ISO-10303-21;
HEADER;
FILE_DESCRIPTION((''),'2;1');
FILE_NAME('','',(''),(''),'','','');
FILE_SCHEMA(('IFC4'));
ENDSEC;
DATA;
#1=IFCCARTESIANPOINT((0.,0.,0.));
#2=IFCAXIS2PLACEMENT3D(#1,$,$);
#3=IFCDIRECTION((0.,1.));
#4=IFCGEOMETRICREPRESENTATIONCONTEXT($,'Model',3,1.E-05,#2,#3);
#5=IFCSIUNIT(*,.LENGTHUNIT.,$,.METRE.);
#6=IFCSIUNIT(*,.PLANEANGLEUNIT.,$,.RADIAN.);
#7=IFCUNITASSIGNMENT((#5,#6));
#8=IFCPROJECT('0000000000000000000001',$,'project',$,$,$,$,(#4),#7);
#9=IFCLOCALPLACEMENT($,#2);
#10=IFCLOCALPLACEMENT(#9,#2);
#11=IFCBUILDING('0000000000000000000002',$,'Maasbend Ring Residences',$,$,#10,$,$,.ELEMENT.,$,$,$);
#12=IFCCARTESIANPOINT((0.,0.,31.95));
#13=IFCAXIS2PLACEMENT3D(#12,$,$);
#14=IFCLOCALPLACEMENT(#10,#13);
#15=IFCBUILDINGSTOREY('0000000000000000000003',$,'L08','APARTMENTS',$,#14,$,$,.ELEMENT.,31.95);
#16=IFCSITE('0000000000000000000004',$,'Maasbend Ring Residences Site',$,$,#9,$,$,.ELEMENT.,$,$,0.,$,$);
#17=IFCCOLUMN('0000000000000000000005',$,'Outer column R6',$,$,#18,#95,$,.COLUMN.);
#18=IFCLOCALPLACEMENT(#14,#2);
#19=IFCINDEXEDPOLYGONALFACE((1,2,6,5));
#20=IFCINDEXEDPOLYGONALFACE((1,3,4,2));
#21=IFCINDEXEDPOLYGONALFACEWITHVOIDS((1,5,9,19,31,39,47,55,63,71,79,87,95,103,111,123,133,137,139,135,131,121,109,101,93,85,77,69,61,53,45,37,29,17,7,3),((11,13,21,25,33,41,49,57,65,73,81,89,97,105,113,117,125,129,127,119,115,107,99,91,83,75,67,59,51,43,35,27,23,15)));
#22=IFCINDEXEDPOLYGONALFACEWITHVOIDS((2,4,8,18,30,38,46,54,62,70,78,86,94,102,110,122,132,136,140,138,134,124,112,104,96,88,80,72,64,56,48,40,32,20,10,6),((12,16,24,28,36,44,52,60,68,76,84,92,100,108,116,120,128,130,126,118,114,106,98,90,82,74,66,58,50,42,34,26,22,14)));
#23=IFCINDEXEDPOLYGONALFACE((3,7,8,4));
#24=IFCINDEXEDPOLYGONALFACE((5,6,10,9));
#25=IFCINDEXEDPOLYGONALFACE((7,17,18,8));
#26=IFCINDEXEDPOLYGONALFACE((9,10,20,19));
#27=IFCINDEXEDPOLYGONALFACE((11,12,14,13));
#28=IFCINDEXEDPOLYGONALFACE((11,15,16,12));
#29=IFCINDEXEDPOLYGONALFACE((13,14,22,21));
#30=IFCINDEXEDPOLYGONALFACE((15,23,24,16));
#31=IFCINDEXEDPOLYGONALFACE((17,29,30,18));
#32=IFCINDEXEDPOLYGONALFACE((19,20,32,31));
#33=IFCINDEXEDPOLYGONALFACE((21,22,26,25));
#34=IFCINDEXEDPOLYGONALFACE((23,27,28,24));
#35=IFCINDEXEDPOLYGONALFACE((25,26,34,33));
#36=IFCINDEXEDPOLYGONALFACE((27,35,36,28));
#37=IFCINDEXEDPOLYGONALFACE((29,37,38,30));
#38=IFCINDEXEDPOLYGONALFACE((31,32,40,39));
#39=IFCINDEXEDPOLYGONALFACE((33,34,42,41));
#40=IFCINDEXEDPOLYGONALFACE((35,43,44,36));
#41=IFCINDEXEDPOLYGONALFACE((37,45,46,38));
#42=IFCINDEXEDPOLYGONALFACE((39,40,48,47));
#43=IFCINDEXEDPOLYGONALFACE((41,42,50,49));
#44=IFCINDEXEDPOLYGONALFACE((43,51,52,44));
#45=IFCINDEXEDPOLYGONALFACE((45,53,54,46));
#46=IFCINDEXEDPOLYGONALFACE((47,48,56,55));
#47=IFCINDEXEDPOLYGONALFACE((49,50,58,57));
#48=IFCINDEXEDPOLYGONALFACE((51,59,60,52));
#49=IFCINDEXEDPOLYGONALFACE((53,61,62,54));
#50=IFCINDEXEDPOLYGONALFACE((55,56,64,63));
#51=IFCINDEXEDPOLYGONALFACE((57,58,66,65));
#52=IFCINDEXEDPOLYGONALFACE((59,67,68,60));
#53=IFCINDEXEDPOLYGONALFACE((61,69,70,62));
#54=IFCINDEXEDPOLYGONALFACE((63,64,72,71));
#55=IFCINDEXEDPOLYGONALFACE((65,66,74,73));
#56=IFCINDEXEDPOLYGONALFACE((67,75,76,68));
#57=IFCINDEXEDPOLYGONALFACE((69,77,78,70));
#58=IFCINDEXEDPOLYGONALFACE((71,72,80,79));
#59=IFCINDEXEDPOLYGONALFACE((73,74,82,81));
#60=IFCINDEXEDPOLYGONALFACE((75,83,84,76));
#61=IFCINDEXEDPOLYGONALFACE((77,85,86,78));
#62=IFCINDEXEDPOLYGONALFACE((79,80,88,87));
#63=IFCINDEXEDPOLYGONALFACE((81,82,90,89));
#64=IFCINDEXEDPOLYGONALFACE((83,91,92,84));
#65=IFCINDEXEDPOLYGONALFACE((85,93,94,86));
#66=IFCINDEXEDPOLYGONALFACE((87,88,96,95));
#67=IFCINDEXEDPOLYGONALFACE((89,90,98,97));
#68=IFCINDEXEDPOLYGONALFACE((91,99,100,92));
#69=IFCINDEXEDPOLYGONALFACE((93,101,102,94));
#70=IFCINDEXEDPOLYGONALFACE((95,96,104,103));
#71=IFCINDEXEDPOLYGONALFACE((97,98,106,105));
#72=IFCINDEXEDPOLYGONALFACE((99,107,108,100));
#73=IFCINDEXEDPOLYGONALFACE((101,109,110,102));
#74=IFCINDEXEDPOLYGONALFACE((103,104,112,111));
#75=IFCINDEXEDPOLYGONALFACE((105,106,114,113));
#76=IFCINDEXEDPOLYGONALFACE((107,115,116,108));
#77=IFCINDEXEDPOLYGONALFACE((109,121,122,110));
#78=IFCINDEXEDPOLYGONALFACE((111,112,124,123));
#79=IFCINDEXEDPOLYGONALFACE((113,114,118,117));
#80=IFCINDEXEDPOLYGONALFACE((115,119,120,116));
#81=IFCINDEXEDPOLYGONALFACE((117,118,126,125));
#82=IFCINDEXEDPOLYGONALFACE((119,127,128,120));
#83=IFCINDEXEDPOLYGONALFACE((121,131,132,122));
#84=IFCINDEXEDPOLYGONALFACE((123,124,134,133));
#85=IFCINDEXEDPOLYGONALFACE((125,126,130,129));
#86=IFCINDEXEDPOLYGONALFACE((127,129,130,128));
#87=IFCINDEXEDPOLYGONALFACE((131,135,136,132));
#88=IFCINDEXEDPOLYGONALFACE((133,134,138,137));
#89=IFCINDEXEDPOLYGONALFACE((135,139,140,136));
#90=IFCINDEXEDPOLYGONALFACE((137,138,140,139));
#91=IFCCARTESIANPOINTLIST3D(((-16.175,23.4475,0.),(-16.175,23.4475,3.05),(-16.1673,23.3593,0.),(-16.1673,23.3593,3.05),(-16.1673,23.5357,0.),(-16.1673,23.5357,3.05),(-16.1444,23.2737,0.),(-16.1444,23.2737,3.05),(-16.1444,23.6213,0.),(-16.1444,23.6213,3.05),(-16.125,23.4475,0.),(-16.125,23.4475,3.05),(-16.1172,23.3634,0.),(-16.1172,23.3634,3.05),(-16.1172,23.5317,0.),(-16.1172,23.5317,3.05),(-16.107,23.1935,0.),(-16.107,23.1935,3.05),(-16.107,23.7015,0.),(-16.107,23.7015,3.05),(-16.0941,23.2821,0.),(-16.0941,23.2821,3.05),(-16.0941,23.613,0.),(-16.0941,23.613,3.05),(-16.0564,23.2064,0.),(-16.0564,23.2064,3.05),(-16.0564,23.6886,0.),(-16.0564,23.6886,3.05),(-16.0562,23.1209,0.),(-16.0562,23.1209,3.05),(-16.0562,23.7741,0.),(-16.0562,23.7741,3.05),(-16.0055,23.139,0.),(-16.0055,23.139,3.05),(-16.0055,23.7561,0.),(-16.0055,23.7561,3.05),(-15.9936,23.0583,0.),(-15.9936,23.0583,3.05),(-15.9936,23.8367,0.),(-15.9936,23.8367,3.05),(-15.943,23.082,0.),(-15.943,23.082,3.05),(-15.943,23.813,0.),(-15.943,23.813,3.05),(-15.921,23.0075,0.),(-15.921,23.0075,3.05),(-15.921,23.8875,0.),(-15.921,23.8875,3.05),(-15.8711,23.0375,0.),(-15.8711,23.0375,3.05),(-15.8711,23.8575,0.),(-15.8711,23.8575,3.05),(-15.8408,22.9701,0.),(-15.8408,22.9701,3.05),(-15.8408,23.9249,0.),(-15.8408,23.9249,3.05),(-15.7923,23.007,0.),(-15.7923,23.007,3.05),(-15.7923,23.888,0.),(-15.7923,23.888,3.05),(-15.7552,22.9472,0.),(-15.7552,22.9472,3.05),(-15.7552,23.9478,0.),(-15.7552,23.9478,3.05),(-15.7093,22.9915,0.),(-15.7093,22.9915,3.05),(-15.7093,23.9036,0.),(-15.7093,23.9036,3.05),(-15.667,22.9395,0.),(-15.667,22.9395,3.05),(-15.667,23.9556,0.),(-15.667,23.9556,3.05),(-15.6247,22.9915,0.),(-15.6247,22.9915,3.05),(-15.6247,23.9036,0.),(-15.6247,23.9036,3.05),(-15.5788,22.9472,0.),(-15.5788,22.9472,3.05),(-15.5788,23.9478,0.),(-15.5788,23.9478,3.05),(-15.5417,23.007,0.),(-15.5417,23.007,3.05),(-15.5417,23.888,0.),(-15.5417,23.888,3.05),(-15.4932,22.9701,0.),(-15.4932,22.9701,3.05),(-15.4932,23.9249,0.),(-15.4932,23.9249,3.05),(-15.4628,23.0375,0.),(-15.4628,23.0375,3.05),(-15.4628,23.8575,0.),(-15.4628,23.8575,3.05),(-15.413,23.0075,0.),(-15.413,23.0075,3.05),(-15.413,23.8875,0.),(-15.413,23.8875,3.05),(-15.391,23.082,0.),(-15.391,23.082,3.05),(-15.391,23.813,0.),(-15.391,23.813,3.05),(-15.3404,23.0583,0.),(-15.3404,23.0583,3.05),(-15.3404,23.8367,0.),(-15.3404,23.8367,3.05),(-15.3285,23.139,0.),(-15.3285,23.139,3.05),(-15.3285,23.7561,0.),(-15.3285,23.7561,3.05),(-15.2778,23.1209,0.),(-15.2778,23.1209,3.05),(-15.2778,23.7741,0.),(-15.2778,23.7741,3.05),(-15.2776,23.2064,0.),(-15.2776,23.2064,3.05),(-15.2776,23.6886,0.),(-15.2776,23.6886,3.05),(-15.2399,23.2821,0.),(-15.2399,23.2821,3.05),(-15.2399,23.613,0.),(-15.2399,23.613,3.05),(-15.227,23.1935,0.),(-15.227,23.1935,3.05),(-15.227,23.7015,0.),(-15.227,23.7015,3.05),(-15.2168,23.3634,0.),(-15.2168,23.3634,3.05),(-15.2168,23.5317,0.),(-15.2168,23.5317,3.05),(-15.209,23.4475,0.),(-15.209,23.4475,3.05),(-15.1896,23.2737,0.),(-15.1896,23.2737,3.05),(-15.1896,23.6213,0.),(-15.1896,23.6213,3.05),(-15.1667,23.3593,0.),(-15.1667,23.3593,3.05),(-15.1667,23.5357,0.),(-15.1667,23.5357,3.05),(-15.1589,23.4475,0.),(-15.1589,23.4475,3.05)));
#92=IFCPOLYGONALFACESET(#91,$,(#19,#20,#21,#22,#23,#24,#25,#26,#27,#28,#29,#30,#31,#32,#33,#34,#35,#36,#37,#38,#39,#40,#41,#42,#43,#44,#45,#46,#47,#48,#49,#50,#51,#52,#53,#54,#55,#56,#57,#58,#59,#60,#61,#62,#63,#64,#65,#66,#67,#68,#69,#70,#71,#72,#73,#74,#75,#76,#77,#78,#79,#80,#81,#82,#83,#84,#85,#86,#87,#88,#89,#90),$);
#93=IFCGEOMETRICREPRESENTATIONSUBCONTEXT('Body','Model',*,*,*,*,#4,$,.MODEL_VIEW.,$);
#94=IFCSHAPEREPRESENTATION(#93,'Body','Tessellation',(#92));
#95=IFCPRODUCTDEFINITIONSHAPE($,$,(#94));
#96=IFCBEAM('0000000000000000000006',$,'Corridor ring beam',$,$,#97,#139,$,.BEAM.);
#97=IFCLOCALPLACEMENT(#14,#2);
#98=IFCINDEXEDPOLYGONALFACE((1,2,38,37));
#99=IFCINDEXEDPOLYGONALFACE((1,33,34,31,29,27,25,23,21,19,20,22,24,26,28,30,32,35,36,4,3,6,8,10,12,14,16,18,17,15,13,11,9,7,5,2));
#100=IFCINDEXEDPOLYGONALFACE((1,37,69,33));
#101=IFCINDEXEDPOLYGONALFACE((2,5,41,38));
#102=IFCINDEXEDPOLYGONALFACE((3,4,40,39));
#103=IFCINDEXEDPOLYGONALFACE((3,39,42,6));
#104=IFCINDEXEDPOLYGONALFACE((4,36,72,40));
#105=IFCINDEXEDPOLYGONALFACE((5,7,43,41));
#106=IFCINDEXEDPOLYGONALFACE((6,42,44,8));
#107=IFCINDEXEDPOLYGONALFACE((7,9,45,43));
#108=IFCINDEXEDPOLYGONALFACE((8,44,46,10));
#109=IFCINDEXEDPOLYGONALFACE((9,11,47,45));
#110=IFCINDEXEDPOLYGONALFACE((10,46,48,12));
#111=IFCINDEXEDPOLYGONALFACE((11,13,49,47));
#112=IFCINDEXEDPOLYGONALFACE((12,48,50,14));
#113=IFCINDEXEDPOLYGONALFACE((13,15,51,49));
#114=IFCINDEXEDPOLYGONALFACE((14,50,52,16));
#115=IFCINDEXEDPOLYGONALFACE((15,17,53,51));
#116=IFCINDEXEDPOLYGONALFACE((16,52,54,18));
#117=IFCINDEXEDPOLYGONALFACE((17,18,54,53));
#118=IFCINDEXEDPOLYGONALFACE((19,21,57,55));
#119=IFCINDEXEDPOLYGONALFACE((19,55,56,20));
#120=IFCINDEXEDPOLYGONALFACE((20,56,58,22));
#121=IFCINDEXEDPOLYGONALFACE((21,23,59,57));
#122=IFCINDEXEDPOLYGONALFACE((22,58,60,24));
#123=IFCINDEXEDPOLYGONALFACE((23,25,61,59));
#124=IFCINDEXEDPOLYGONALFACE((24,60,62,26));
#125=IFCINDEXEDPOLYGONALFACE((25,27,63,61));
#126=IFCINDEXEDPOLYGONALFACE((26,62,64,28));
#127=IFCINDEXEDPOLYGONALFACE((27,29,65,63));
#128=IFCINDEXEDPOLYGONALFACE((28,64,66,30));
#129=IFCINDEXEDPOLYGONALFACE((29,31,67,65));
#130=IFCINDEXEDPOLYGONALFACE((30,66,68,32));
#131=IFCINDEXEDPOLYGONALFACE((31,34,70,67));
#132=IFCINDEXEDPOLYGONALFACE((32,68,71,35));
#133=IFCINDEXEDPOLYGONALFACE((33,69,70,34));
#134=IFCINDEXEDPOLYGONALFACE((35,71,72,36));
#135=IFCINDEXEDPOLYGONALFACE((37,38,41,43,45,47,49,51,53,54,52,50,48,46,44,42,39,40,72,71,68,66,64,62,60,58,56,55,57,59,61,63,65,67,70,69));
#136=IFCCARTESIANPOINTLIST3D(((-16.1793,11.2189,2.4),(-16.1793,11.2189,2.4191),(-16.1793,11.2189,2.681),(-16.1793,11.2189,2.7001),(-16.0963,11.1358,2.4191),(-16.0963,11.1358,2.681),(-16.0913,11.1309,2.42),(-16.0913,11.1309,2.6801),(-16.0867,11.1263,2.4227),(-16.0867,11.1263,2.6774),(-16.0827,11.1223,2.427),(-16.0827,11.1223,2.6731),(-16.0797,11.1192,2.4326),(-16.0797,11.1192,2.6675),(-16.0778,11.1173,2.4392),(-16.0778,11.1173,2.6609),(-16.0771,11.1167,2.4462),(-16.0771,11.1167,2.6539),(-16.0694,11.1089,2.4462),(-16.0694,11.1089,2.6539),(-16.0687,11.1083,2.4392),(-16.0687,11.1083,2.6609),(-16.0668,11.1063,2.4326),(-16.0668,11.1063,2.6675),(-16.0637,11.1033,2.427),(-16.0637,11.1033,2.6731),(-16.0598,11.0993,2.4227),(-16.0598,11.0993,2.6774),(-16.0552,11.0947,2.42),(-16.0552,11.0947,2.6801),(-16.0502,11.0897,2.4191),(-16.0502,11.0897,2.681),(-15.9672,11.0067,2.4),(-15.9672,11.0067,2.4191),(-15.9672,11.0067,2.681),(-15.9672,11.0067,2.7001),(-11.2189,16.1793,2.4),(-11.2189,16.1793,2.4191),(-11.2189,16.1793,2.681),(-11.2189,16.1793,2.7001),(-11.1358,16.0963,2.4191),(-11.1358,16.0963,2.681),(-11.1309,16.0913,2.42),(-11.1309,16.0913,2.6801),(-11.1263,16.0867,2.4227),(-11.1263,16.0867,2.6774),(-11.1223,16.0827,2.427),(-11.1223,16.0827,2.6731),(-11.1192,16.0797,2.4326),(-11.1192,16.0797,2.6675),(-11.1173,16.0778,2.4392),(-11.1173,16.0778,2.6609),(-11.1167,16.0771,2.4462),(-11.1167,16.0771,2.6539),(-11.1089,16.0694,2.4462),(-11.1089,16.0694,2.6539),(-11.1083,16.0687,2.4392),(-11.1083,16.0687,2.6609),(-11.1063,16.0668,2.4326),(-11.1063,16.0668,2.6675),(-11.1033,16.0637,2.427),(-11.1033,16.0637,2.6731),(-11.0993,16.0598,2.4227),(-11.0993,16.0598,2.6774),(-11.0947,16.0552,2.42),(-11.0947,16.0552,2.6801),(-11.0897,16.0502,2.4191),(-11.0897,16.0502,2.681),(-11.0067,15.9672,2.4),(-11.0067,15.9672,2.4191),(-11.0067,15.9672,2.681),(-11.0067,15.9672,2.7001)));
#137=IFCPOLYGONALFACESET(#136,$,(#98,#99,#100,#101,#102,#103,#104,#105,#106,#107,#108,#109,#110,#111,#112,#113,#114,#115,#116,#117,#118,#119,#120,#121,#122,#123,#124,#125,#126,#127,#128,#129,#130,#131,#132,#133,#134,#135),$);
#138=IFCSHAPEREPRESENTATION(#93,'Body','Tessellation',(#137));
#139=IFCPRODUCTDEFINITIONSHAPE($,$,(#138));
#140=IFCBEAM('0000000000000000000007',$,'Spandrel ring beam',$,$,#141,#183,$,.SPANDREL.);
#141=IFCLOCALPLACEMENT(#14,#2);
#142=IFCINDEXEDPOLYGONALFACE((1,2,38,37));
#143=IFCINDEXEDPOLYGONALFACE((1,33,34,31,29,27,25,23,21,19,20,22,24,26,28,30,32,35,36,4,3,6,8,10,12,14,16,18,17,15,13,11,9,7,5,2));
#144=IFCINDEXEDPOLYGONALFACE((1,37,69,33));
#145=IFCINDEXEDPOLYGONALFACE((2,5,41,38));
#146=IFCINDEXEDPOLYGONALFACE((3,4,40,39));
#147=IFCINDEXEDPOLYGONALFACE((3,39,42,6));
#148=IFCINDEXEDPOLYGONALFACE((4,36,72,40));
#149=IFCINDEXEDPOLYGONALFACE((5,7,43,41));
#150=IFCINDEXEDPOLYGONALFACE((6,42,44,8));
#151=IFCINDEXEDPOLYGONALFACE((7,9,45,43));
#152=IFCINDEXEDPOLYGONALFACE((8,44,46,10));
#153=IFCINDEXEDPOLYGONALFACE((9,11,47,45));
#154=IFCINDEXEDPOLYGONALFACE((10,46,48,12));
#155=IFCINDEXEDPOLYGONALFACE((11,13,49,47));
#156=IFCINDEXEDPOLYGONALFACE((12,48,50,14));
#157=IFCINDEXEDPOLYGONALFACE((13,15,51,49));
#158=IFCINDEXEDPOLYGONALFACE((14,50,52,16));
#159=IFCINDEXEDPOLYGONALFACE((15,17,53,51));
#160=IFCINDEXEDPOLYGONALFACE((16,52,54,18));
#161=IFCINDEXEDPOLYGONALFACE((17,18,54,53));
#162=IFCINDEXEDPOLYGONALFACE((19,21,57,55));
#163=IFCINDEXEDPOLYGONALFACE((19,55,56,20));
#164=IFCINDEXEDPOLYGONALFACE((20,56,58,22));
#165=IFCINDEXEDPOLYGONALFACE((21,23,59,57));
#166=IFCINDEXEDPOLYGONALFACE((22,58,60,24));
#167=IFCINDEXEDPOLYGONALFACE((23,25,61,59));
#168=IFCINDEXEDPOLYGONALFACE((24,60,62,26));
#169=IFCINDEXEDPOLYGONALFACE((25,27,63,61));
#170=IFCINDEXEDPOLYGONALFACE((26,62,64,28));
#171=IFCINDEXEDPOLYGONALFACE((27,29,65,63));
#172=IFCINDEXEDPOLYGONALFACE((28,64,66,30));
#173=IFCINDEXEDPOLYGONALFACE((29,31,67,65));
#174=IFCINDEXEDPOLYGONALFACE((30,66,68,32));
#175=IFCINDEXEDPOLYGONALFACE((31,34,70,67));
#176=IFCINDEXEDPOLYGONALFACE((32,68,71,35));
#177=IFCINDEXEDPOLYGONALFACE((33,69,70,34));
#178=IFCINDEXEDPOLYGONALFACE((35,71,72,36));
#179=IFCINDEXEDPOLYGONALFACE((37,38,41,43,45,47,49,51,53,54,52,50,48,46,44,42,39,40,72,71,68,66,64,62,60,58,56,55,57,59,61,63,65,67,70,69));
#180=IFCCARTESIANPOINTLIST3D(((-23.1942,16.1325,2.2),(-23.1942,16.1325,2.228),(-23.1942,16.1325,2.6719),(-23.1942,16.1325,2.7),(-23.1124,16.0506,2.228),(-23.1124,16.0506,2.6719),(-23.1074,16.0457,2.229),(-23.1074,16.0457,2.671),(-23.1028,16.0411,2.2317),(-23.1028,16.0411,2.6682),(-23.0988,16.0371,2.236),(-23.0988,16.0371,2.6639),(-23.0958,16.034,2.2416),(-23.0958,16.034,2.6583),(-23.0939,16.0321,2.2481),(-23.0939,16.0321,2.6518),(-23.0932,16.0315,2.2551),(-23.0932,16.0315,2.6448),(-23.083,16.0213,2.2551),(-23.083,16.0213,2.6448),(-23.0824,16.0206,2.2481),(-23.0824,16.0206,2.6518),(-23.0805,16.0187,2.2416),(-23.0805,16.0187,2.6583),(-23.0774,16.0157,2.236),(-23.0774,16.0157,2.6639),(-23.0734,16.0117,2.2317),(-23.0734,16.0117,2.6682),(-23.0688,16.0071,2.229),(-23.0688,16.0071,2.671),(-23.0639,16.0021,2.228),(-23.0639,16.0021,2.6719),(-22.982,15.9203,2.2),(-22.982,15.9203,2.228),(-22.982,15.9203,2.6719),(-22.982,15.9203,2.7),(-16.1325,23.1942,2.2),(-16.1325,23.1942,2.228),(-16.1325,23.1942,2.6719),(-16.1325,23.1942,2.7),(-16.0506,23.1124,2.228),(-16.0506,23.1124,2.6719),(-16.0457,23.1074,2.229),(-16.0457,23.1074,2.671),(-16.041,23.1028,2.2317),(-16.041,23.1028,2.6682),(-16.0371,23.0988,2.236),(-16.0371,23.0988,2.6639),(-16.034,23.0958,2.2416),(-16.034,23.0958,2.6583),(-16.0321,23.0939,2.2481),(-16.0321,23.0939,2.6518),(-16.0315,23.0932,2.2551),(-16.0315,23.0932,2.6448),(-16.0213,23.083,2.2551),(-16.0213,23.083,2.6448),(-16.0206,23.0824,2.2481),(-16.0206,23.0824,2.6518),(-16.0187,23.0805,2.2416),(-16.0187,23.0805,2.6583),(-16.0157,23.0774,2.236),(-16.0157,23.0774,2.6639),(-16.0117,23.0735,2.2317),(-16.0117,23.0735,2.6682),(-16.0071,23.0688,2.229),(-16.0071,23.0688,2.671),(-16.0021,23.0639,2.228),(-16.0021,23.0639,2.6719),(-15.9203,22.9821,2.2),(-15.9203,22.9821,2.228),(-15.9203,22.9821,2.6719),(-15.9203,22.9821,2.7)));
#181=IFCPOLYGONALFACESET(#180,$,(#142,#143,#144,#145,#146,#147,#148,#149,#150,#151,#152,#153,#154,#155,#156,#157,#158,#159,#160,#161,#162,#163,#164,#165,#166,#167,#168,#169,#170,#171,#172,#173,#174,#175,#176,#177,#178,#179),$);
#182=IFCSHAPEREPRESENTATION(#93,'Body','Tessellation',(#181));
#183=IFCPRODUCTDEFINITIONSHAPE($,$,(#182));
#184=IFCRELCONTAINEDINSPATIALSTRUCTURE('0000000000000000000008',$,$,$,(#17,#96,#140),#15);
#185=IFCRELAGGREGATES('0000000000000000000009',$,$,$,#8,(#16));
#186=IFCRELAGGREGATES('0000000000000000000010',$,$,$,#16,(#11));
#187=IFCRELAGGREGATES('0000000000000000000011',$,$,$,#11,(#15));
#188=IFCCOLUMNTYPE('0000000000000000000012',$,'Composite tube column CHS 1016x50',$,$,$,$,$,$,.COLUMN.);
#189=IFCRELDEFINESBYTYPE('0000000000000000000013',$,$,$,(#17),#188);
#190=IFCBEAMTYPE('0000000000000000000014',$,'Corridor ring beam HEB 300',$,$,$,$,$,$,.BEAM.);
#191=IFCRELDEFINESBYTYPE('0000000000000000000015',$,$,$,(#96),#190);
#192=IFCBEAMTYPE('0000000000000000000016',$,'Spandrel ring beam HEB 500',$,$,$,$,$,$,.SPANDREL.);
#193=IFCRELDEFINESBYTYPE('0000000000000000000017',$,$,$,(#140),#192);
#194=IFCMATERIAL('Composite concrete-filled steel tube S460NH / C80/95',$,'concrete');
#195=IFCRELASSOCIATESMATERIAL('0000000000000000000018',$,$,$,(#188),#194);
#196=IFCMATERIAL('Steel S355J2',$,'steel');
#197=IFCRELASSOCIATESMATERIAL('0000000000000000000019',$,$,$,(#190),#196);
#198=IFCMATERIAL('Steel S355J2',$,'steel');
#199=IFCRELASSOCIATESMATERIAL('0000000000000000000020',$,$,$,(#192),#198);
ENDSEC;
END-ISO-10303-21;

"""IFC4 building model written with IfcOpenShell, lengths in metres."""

from ifc_helpers import new_model, si_unit, direction, frame, origin, origin_2d, place, context, subcontext, project, spatial, hollow_circle, i_section, extrude, material, material_profile, profile_set, type_object, element, save


model = new_model("IFC4")

# Units and contexts
model_context = context("Model", 3, precision=1e-05, world=origin(), true_north=direction((0.0, 1.0)))
body_context = subcontext(model_context, "Body", "Model", "MODEL_VIEW")
ifc_project = project(units=[si_unit("LENGTHUNIT", "METRE"), si_unit("PLANEANGLEUNIT", "RADIAN")], contexts=[model_context])

# Site, building, storey
site_placement = place(None, origin())
site = spatial("IfcSite", under=ifc_project, at=site_placement, Name="Maasbend Ring Residences Site", CompositionType="ELEMENT", RefElevation=0.0)
building_placement = place(site_placement, origin())
building = spatial("IfcBuilding", under=site, at=building_placement, Name="Maasbend Ring Residences", CompositionType="ELEMENT")
storey_placement = place(building_placement, frame((0.0, 0.0, 31.95)))
storey = spatial("IfcBuildingStorey", under=building, at=storey_placement, Name="L08", Description="APARTMENTS", CompositionType="ELEMENT", Elevation=31.95)

# Column
ifc_material_1 = material(Name="Composite concrete-filled steel tube S460NH / C80/95", Category="concrete")
ifc_material_profile_1 = material_profile(ifc_material_1, hollow_circle(Radius=0.5081, WallThickness=0.05, at=origin_2d()), Name="Composite tube column CHS 1016x50")
ifc_profile_set_1 = profile_set([ifc_material_profile_1], Name="Composite concrete-filled steel tube S460NH / C80/95")
column_type = type_object("IfcColumnType", Name="Composite tube column CHS 1016x50", PredefinedType="COLUMN", material=ifc_profile_set_1)
column_placement = place(storey_placement, frame((-15.667, 23.4475, 0.0), z_axis=(0.0, 0.0, 1.0), x_axis=(1.0, 0.0, 0.0)))
element("IfcColumn", 1, at=column_placement, inside=storey, type_object=column_type, Name="Outer column R6", PredefinedType="COLUMN", context=body_context, shape_type="SweptSolid", body=[
    extrude(hollow_circle(Radius=0.5081, WallThickness=0.05, at=origin_2d()), origin(), (0.0, 0.0, 1.0), 3.05),
])

# Beams
ifc_material_2 = material(Name="Steel S355J2", Category="steel")
ifc_material_profile_2 = material_profile(ifc_material_2, i_section(OverallWidth=0.3, OverallDepth=0.3, WebThickness=0.011, FlangeThickness=0.019, FilletRadius=0.0271, at=origin_2d()), Name="HEB 300")
ifc_profile_set_2 = profile_set([ifc_material_profile_2], Name="Steel S355J2")
beam_type_1 = type_object("IfcBeamType", Name="Corridor ring beam HEB 300", PredefinedType="BEAM", material=ifc_profile_set_2)
beam_1_placement = place(storey_placement, frame((-11.1128, 16.0732, 2.55), z_axis=(-0.707107, -0.707107, 0.0), x_axis=(0.707107, -0.707107, 0.0)))
element("IfcBeam", 2, at=beam_1_placement, inside=storey, type_object=beam_type_1, Name="Corridor ring beam", PredefinedType="BEAM", context=body_context, shape_type="SweptSolid", body=[
    extrude(i_section(OverallWidth=0.3, OverallDepth=0.3, WebThickness=0.011, FlangeThickness=0.019, FilletRadius=0.0271, at=origin_2d()), origin(), (0.0, 0.0, 1.0), 7.0151),
])
ifc_material_3 = material(Name="Steel S355J2", Category="steel")
ifc_material_profile_3 = material_profile(ifc_material_3, i_section(OverallWidth=0.3, OverallDepth=0.5, WebThickness=0.0144, FlangeThickness=0.0281, FilletRadius=0.0271, at=origin_2d()), Name="HEB 500")
ifc_profile_set_3 = profile_set([ifc_material_profile_3], Name="Steel S355J2")
beam_type_2 = type_object("IfcBeamType", Name="Spandrel ring beam HEB 500", PredefinedType="SPANDREL", material=ifc_profile_set_3)
beam_2_placement = place(storey_placement, frame((-16.0264, 23.0881, 2.45), z_axis=(-0.707107, -0.707107, 0.0), x_axis=(0.707107, -0.707107, 0.0)))
element("IfcBeam", 3, at=beam_2_placement, inside=storey, type_object=beam_type_2, Name="Spandrel ring beam", PredefinedType="SPANDREL", context=body_context, shape_type="SweptSolid", body=[
    extrude(i_section(OverallWidth=0.3, OverallDepth=0.5, WebThickness=0.0144, FlangeThickness=0.0281, FilletRadius=0.0271, at=origin_2d()), origin(), (0.0, 0.0, 1.0), 9.9868),
])

save(model, "model.ifc")
